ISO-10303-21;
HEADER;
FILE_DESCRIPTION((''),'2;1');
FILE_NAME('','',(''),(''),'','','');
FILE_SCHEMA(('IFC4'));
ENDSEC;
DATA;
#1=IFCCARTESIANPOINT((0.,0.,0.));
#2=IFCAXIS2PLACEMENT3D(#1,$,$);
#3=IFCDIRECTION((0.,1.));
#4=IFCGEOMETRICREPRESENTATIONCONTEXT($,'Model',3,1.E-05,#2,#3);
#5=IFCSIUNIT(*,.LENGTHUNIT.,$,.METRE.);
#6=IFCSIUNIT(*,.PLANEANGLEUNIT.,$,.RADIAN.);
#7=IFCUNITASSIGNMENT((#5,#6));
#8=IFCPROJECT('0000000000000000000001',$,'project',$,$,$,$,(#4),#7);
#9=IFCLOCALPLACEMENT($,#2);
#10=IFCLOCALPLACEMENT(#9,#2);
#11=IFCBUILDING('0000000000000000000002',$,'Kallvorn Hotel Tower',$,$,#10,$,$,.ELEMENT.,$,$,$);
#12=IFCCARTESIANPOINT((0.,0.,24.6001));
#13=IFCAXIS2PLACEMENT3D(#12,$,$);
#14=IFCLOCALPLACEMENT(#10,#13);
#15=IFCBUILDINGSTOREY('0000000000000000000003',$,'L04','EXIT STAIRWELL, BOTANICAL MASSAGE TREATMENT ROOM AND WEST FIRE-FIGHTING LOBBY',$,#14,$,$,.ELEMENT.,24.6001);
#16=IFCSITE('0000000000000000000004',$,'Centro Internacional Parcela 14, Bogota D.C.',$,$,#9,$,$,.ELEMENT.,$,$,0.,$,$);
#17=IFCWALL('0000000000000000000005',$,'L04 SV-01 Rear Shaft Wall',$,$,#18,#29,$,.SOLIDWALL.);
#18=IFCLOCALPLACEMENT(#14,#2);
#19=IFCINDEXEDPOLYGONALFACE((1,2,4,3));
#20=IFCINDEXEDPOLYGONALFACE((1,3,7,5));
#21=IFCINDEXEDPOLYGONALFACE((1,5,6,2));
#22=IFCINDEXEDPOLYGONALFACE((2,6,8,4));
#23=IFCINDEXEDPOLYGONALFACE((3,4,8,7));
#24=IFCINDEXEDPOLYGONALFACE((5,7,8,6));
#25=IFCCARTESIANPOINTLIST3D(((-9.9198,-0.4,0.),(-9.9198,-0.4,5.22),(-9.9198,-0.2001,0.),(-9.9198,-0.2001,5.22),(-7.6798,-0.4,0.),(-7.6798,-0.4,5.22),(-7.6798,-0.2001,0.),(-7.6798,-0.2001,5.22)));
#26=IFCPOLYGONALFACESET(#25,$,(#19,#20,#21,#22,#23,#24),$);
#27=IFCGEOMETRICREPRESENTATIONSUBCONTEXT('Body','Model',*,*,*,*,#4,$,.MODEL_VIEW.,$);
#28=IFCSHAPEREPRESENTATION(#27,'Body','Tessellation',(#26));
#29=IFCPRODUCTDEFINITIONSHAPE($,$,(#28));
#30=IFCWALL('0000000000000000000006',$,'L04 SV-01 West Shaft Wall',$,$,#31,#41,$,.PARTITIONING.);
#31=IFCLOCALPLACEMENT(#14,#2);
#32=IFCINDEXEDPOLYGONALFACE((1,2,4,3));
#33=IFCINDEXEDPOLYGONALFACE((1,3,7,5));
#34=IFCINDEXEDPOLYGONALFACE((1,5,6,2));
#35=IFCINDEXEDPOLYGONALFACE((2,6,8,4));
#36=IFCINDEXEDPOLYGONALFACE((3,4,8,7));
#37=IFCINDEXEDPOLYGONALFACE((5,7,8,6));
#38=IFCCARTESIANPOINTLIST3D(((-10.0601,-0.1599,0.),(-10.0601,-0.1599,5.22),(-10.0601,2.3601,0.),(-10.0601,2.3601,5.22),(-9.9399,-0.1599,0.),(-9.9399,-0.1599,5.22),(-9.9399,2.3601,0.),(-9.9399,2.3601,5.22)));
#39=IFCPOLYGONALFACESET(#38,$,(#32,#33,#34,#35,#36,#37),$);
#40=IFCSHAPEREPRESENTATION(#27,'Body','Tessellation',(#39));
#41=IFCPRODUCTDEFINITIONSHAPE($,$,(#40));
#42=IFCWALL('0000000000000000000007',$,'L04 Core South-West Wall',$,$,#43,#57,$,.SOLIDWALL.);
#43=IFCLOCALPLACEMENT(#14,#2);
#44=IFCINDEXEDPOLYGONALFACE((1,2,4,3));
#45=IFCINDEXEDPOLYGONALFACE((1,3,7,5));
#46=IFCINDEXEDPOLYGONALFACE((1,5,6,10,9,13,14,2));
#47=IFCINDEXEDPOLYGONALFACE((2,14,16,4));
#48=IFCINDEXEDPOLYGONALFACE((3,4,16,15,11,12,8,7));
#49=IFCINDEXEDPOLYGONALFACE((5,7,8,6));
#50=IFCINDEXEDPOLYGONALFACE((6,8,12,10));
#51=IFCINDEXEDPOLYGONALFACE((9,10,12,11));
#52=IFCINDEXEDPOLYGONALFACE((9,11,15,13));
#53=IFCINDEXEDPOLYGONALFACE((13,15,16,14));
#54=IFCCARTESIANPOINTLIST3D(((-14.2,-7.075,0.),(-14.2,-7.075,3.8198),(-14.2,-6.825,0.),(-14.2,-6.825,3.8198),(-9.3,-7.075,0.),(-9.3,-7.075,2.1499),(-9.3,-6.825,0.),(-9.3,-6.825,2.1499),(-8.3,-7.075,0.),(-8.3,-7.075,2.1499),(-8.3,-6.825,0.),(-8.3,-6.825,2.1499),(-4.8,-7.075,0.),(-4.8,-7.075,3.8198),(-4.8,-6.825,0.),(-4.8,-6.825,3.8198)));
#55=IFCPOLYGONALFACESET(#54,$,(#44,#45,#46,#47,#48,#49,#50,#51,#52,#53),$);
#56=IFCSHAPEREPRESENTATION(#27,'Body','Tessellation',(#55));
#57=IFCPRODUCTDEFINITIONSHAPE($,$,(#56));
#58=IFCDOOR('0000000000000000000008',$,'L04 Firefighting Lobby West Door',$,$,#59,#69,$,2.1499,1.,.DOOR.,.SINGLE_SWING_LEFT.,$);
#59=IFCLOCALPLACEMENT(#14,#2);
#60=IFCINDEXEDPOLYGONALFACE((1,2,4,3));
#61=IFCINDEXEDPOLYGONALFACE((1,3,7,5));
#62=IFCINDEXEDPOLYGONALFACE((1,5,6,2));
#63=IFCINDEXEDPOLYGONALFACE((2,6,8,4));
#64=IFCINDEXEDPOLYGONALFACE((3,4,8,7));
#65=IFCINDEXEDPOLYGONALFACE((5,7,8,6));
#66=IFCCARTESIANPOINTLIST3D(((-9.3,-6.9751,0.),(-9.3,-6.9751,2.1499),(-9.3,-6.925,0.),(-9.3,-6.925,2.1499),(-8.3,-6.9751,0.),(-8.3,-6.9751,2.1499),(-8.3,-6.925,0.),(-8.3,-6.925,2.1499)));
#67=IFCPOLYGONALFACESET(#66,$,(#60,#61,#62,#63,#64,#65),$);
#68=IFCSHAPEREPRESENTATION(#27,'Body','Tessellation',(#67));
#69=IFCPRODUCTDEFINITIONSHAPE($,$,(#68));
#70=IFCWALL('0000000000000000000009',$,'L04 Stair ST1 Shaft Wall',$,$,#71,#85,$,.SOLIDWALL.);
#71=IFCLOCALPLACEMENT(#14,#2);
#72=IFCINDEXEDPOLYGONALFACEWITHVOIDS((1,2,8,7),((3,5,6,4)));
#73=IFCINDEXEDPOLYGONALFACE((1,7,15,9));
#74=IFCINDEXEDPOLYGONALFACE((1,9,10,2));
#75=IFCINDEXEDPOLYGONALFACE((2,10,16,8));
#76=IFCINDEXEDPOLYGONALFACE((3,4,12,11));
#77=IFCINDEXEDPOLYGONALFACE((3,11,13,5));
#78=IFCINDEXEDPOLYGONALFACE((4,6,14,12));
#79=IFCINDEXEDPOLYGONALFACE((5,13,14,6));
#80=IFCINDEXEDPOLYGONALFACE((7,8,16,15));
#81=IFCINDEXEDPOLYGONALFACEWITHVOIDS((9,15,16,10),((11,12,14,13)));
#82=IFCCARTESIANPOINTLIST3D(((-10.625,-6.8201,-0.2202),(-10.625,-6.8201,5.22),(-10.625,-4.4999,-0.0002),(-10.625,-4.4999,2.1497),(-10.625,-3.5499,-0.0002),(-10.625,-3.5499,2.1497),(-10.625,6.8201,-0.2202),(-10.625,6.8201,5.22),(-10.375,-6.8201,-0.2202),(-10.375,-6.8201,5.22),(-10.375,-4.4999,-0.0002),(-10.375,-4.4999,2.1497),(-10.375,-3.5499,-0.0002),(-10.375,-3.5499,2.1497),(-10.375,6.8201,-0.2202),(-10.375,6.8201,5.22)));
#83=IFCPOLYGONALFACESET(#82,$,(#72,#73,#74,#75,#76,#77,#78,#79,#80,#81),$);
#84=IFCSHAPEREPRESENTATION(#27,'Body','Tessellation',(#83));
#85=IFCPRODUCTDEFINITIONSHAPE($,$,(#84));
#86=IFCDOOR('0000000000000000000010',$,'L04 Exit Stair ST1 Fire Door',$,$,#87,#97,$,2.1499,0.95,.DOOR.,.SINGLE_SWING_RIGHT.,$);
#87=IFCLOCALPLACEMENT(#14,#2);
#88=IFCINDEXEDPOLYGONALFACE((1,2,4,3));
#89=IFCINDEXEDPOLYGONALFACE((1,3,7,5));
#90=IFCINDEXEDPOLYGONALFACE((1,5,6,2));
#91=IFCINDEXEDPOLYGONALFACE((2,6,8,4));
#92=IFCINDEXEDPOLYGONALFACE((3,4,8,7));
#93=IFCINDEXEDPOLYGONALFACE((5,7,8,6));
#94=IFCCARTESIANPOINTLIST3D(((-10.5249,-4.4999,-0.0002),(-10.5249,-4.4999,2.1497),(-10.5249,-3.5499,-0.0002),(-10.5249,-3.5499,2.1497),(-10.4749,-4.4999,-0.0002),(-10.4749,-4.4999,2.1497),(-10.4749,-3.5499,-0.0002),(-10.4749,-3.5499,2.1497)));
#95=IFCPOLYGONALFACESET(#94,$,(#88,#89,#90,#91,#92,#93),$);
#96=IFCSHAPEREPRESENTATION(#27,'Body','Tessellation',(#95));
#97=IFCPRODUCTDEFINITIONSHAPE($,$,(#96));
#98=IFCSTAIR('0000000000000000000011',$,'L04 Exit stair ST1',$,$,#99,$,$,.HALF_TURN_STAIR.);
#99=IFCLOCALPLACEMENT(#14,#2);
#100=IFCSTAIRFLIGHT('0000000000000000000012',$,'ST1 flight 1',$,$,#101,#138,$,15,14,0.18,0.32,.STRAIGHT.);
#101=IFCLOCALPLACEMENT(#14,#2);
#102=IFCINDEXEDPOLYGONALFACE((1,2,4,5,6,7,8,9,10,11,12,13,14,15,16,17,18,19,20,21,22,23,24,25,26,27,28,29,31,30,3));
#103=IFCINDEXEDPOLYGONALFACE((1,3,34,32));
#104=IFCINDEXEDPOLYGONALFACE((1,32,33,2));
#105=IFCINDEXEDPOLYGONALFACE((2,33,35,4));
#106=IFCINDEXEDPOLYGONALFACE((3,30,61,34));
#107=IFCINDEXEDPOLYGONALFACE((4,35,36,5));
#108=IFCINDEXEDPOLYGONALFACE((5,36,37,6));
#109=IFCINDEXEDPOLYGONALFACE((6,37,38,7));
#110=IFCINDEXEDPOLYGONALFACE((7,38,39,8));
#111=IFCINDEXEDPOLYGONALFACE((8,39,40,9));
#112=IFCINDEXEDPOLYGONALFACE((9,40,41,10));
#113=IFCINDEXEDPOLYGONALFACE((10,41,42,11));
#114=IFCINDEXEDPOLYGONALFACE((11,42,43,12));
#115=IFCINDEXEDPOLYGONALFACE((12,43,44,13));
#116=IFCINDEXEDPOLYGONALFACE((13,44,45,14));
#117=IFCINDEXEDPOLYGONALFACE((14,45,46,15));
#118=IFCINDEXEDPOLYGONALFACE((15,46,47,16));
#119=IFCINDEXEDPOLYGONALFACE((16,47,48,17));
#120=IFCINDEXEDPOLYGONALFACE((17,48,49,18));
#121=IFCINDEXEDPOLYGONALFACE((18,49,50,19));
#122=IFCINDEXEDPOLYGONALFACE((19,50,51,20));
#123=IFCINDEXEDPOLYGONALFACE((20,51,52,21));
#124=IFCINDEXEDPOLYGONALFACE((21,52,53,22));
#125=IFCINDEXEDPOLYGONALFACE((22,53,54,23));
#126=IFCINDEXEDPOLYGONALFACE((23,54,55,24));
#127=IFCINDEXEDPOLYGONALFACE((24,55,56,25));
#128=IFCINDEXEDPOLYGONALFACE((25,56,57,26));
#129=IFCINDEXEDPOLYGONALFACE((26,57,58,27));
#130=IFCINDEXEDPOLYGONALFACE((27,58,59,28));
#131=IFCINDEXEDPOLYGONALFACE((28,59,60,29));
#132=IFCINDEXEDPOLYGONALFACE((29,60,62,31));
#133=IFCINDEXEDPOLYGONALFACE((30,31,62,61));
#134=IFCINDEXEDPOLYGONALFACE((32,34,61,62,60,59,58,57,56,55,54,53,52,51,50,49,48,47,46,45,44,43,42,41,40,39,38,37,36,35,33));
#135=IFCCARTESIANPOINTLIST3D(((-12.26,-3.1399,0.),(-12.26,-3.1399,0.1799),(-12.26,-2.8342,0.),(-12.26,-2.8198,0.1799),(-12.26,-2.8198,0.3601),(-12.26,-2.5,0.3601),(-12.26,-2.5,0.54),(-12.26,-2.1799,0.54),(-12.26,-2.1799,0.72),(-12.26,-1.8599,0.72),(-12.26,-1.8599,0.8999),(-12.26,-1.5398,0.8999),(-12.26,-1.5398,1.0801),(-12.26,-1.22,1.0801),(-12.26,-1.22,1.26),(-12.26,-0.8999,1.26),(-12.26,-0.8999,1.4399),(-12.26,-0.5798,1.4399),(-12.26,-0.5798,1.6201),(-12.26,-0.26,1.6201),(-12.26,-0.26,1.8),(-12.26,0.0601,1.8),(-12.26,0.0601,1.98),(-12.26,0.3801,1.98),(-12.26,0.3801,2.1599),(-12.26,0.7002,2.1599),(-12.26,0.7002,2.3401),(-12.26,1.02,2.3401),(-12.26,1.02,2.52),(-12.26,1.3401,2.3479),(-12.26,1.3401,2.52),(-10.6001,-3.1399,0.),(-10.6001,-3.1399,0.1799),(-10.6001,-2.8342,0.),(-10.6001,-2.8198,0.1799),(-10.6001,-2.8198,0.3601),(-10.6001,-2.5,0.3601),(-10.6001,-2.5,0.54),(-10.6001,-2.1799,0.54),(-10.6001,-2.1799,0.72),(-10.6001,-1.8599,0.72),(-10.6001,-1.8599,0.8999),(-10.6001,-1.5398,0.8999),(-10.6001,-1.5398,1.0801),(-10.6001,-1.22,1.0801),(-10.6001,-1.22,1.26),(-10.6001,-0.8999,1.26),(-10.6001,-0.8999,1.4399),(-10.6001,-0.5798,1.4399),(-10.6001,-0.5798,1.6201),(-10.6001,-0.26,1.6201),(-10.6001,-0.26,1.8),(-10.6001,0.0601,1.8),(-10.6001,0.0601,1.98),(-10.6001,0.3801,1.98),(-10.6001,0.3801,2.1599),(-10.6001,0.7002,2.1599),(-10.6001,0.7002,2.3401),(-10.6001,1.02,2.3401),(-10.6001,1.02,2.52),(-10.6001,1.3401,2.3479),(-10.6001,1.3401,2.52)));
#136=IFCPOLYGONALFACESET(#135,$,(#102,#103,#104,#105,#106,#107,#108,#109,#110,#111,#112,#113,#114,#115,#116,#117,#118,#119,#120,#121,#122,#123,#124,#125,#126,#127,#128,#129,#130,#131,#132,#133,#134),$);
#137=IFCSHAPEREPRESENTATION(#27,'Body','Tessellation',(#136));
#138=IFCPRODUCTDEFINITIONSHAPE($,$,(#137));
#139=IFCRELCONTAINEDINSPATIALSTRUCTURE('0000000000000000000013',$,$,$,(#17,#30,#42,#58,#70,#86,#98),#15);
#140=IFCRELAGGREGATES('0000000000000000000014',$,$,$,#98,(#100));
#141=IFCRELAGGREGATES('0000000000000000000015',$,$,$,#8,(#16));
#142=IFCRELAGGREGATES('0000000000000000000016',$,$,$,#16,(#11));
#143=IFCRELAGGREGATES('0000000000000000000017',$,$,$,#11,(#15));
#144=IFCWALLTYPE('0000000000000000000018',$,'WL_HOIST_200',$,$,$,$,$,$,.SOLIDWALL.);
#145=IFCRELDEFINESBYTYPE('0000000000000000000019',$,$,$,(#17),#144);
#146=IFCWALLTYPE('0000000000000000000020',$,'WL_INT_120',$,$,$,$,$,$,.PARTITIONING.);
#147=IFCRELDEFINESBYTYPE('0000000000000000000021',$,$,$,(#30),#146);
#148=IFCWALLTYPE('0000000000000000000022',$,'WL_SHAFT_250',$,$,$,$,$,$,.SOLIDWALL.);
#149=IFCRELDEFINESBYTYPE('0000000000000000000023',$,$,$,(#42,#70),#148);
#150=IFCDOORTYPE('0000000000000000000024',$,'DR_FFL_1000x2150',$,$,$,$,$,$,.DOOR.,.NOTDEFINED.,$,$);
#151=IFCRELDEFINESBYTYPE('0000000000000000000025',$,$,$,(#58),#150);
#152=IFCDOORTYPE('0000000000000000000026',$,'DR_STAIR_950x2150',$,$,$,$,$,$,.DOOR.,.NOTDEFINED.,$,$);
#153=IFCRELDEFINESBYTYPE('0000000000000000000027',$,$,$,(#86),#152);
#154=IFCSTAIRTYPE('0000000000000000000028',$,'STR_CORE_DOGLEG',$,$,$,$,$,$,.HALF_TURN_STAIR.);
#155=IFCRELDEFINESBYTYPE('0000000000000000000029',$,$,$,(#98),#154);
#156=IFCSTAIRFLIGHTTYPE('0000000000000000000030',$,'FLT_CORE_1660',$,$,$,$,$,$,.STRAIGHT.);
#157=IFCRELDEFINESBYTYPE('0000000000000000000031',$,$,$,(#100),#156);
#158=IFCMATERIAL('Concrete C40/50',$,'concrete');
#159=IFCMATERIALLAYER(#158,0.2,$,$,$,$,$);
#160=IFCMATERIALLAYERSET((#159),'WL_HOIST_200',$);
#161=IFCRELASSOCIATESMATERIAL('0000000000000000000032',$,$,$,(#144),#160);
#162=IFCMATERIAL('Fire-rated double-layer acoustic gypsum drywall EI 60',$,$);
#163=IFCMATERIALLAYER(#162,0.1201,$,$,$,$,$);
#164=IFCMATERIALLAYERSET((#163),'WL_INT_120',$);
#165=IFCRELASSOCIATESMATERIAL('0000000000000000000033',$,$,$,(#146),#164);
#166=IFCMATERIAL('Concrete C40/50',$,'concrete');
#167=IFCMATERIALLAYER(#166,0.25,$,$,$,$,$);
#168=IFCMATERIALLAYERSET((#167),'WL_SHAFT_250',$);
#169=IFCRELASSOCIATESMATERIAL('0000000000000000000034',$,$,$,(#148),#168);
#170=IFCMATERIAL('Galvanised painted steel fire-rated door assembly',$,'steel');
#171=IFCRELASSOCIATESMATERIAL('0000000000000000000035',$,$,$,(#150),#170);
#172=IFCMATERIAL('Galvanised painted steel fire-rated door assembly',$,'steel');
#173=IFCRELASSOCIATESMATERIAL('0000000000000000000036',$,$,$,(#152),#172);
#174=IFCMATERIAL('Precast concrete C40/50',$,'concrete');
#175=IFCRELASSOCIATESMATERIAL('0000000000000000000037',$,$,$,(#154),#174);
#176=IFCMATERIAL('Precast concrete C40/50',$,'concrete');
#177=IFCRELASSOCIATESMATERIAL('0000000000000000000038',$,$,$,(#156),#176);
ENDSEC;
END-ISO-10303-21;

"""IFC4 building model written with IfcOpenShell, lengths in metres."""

from ifc_helpers import new_model, si_unit, direction, frame, frame_2d, origin, place, context, subcontext, project, spatial, polyline, rectangle, outline, extrude, material, layer, layer_set, type_object, element, fill, aggregate, save


model = new_model("IFC4")

# Units and contexts
model_context = context("Model", 3, precision=1e-05, world=origin(), true_north=direction((0.0, 1.0)))
body_context = subcontext(model_context, "Body", "Model", "MODEL_VIEW")
ifc_project = project(units=[si_unit("LENGTHUNIT", "METRE"), si_unit("PLANEANGLEUNIT", "RADIAN")], contexts=[model_context])

# Site, building, storey
site_placement = place(None, origin())
site = spatial("IfcSite", under=ifc_project, at=site_placement, Name="Centro Internacional Parcela 14, Bogota D.C.", CompositionType="ELEMENT", RefElevation=0.0)
building_placement = place(site_placement, origin())
building = spatial("IfcBuilding", under=site, at=building_placement, Name="Kallvorn Hotel Tower", CompositionType="ELEMENT")
storey_placement = place(building_placement, frame((0.0, 0.0, 24.6001)))
storey = spatial("IfcBuildingStorey", under=building, at=storey_placement, Name="L04", Description="EXIT STAIRWELL, BOTANICAL MASSAGE TREATMENT ROOM AND WEST FIRE-FIGHTING LOBBY", CompositionType="ELEMENT", Elevation=24.6001)

# Walls
ifc_material_1 = material(Name="Concrete C40/50", Category="concrete")
ifc_layer_1 = layer(ifc_material_1, 0.2)
ifc_layer_set_1 = layer_set([ifc_layer_1], Name="WL_HOIST_200")
wall_type_1 = type_object("IfcWallType", Name="WL_HOIST_200", PredefinedType="SOLIDWALL", material=ifc_layer_set_1)
wall_1_placement = place(storey_placement, frame((-9.9199, -0.3, 0.0), z_axis=(0.0, 0.0, 1.0), x_axis=(1.0, 0.0, 0.0)))
element("IfcWall", 1, at=wall_1_placement, inside=storey, type_object=wall_type_1, Name="L04 SV-01 Rear Shaft Wall", PredefinedType="SOLIDWALL", context=body_context, shape_type="SweptSolid", body=[
    extrude(rectangle(XDim=2.24, YDim=0.2, at=frame_2d((1.1201, 0.0))), origin(), (0.0, 0.0, 1.0), 5.22),
])
ifc_material_2 = material(Name="Fire-rated double-layer acoustic gypsum drywall EI 60")
ifc_layer_2 = layer(ifc_material_2, 0.1201)
ifc_layer_set_2 = layer_set([ifc_layer_2], Name="WL_INT_120")
wall_type_2 = type_object("IfcWallType", Name="WL_INT_120", PredefinedType="PARTITIONING", material=ifc_layer_set_2)
wall_2_placement = place(storey_placement, frame((-10.0, -0.1599, 0.0), z_axis=(0.0, 0.0, 1.0), x_axis=(0.0, 1.0, 0.0)))
element("IfcWall", 2, at=wall_2_placement, inside=storey, type_object=wall_type_2, Name="L04 SV-01 West Shaft Wall", PredefinedType="PARTITIONING", context=body_context, shape_type="SweptSolid", body=[
    extrude(rectangle(XDim=2.52, YDim=0.1201, at=frame_2d((1.26, 0.0))), origin(), (0.0, 0.0, 1.0), 5.22),
])

# Walls, openings, doors
ifc_material_3 = material(Name="Concrete C40/50", Category="concrete")
ifc_layer_3 = layer(ifc_material_3, 0.25)
ifc_layer_set_3 = layer_set([ifc_layer_3], Name="WL_SHAFT_250")
wall_type_3 = type_object("IfcWallType", Name="WL_SHAFT_250", PredefinedType="SOLIDWALL", material=ifc_layer_set_3)
wall_3_placement = place(storey_placement, frame((-14.2, -6.95, 0.0), z_axis=(0.0, 0.0, 1.0), x_axis=(1.0, 0.0, 0.0)))
wall_3 = element("IfcWall", 3, at=wall_3_placement, inside=storey, type_object=wall_type_3, Name="L04 Core South-West Wall", PredefinedType="SOLIDWALL", context=body_context, shape_type="SweptSolid", body=[
    extrude(rectangle(XDim=9.3999, YDim=0.25, at=frame_2d((4.7, 0.0))), origin(), (0.0, 0.0, 1.0), 3.8198),
])
opening_1_placement = place(wall_3_placement, frame((4.8999, 0.0, 0.0)))
opening_1 = element("IfcOpeningElement", 4, at=opening_1_placement, cuts=wall_3, PredefinedType="OPENING", context=body_context, shape_type="SweptSolid", body=[
    extrude(rectangle(XDim=1.0, YDim=2.1499, at=frame_2d((0.5, 1.075))), frame((0.0, 0.1399, 0.0), z_axis=(0.0, -1.0, 0.0), x_axis=(1.0, 0.0, 0.0)), (0.0, 0.0, 1.0), 0.28),
])
ifc_material_4 = material(Name="Galvanised painted steel fire-rated door assembly", Category="steel")
door_type_1 = type_object("IfcDoorType", Name="DR_FFL_1000x2150", OperationType="NOTDEFINED", PredefinedType="DOOR", material=ifc_material_4)
door_1_placement = place(opening_1_placement, origin())
door_1 = element("IfcDoor", 5, at=door_1_placement, inside=storey, type_object=door_type_1, Name="L04 Firefighting Lobby West Door", OperationType="SINGLE_SWING_LEFT", OverallHeight=2.1499, OverallWidth=1.0, PredefinedType="DOOR", context=body_context, shape_type="SweptSolid", body=[
    extrude(rectangle(XDim=1.0, YDim=2.1499, at=frame_2d((0.5, 1.075))), frame((0.0, 0.0249, 0.0), z_axis=(0.0, -1.0, 0.0), x_axis=(1.0, 0.0, 0.0)), (0.0, 0.0, 1.0), 0.05),
])
fill(opening_1, door_1)
wall_4_placement = place(storey_placement, frame((-10.5, -6.8201, -0.2202), z_axis=(0.0, 0.0, 1.0), x_axis=(0.0, 1.0, 0.0)))
wall_4 = element("IfcWall", 6, at=wall_4_placement, inside=storey, type_object=wall_type_3, Name="L04 Stair ST1 Shaft Wall", PredefinedType="SOLIDWALL", context=body_context, shape_type="SweptSolid", body=[
    extrude(rectangle(XDim=13.6401, YDim=0.25, at=frame_2d((6.8201, 0.0))), origin(), (0.0, 0.0, 1.0), 5.4402),
])
opening_2_placement = place(wall_4_placement, frame((2.3201, 0.0, 0.22)))
opening_2 = element("IfcOpeningElement", 7, at=opening_2_placement, cuts=wall_4, PredefinedType="OPENING", context=body_context, shape_type="SweptSolid", body=[
    extrude(rectangle(XDim=0.95, YDim=2.1499, at=frame_2d((0.4751, 1.075))), frame((0.0, 0.1399, 0.0), z_axis=(0.0, -1.0, 0.0), x_axis=(1.0, 0.0, 0.0)), (0.0, 0.0, 1.0), 0.28),
])
ifc_material_5 = material(Name="Galvanised painted steel fire-rated door assembly", Category="steel")
door_type_2 = type_object("IfcDoorType", Name="DR_STAIR_950x2150", OperationType="NOTDEFINED", PredefinedType="DOOR", material=ifc_material_5)
door_2_placement = place(opening_2_placement, origin())
door_2 = element("IfcDoor", 8, at=door_2_placement, inside=storey, type_object=door_type_2, Name="L04 Exit Stair ST1 Fire Door", OperationType="SINGLE_SWING_RIGHT", OverallHeight=2.1499, OverallWidth=0.95, PredefinedType="DOOR", context=body_context, shape_type="SweptSolid", body=[
    extrude(rectangle(XDim=0.95, YDim=2.1499, at=frame_2d((0.4751, 1.075))), frame((0.0, 0.0249, 0.0), z_axis=(0.0, -1.0, 0.0), x_axis=(1.0, 0.0, 0.0)), (0.0, 0.0, 1.0), 0.05),
])
fill(opening_2, door_2)

# Stair, stair flight
ifc_material_6 = material(Name="Precast concrete C40/50", Category="concrete")
stair_type = type_object("IfcStairType", Name="STR_CORE_DOGLEG", PredefinedType="HALF_TURN_STAIR", material=ifc_material_6)
stair_placement = place(storey_placement, origin())
stair = element("IfcStair", 9, at=stair_placement, inside=storey, type_object=stair_type, Name="L04 Exit stair ST1", PredefinedType="HALF_TURN_STAIR")
ifc_material_7 = material(Name="Precast concrete C40/50", Category="concrete")
stair_flight_type = type_object("IfcStairFlightType", Name="FLT_CORE_1660", PredefinedType="STRAIGHT", material=ifc_material_7)
stair_flight_placement = place(storey_placement, frame((-11.4299, -3.1399, 0.0), z_axis=(0.0, 0.0, 1.0), x_axis=(0.0, 1.0, 0.0)))
stair_flight = element("IfcStairFlight", 10, at=stair_flight_placement, type_object=stair_flight_type, Name="ST1 flight 1", NumberOfRisers=15, NumberOfTreads=14, PredefinedType="STRAIGHT", RiserHeight=0.18, TreadLength=0.32, context=body_context, shape_type="SweptSolid", body=[
    extrude(outline(polyline([(0.0, 0.0), (0.0, 0.1799), (0.3201, 0.1799), (0.3201, 0.3601), (0.6399, 0.3601), (0.6399, 0.54), (0.96, 0.54), (0.96, 0.72), (1.28, 0.72), (1.28, 0.8999), (1.6001, 0.8999), (1.6001, 1.0801), (1.9199, 1.0801), (1.9199, 1.26), (2.24, 1.26), (2.24, 1.4399), (2.5601, 1.4399), (2.5601, 1.6201), (2.8799, 1.6201), (2.8799, 1.8), (3.2, 1.8), (3.2, 1.98), (3.52, 1.98), (3.52, 2.1599), (3.8401, 2.1599), (3.8401, 2.3401), (4.1599, 2.3401), (4.1599, 2.52), (4.48, 2.52), (4.48, 2.7), (4.48, 2.3479), (0.3057, 0.0), (0.0, 0.0)])), frame((0.0, 0.8301, 0.0), z_axis=(0.0, -1.0, 0.0), x_axis=(1.0, 0.0, 0.0)), (0.0, 0.0, 1.0), 1.6599),
])
aggregate(stair, [stair_flight])

save(model, "model.ifc")
